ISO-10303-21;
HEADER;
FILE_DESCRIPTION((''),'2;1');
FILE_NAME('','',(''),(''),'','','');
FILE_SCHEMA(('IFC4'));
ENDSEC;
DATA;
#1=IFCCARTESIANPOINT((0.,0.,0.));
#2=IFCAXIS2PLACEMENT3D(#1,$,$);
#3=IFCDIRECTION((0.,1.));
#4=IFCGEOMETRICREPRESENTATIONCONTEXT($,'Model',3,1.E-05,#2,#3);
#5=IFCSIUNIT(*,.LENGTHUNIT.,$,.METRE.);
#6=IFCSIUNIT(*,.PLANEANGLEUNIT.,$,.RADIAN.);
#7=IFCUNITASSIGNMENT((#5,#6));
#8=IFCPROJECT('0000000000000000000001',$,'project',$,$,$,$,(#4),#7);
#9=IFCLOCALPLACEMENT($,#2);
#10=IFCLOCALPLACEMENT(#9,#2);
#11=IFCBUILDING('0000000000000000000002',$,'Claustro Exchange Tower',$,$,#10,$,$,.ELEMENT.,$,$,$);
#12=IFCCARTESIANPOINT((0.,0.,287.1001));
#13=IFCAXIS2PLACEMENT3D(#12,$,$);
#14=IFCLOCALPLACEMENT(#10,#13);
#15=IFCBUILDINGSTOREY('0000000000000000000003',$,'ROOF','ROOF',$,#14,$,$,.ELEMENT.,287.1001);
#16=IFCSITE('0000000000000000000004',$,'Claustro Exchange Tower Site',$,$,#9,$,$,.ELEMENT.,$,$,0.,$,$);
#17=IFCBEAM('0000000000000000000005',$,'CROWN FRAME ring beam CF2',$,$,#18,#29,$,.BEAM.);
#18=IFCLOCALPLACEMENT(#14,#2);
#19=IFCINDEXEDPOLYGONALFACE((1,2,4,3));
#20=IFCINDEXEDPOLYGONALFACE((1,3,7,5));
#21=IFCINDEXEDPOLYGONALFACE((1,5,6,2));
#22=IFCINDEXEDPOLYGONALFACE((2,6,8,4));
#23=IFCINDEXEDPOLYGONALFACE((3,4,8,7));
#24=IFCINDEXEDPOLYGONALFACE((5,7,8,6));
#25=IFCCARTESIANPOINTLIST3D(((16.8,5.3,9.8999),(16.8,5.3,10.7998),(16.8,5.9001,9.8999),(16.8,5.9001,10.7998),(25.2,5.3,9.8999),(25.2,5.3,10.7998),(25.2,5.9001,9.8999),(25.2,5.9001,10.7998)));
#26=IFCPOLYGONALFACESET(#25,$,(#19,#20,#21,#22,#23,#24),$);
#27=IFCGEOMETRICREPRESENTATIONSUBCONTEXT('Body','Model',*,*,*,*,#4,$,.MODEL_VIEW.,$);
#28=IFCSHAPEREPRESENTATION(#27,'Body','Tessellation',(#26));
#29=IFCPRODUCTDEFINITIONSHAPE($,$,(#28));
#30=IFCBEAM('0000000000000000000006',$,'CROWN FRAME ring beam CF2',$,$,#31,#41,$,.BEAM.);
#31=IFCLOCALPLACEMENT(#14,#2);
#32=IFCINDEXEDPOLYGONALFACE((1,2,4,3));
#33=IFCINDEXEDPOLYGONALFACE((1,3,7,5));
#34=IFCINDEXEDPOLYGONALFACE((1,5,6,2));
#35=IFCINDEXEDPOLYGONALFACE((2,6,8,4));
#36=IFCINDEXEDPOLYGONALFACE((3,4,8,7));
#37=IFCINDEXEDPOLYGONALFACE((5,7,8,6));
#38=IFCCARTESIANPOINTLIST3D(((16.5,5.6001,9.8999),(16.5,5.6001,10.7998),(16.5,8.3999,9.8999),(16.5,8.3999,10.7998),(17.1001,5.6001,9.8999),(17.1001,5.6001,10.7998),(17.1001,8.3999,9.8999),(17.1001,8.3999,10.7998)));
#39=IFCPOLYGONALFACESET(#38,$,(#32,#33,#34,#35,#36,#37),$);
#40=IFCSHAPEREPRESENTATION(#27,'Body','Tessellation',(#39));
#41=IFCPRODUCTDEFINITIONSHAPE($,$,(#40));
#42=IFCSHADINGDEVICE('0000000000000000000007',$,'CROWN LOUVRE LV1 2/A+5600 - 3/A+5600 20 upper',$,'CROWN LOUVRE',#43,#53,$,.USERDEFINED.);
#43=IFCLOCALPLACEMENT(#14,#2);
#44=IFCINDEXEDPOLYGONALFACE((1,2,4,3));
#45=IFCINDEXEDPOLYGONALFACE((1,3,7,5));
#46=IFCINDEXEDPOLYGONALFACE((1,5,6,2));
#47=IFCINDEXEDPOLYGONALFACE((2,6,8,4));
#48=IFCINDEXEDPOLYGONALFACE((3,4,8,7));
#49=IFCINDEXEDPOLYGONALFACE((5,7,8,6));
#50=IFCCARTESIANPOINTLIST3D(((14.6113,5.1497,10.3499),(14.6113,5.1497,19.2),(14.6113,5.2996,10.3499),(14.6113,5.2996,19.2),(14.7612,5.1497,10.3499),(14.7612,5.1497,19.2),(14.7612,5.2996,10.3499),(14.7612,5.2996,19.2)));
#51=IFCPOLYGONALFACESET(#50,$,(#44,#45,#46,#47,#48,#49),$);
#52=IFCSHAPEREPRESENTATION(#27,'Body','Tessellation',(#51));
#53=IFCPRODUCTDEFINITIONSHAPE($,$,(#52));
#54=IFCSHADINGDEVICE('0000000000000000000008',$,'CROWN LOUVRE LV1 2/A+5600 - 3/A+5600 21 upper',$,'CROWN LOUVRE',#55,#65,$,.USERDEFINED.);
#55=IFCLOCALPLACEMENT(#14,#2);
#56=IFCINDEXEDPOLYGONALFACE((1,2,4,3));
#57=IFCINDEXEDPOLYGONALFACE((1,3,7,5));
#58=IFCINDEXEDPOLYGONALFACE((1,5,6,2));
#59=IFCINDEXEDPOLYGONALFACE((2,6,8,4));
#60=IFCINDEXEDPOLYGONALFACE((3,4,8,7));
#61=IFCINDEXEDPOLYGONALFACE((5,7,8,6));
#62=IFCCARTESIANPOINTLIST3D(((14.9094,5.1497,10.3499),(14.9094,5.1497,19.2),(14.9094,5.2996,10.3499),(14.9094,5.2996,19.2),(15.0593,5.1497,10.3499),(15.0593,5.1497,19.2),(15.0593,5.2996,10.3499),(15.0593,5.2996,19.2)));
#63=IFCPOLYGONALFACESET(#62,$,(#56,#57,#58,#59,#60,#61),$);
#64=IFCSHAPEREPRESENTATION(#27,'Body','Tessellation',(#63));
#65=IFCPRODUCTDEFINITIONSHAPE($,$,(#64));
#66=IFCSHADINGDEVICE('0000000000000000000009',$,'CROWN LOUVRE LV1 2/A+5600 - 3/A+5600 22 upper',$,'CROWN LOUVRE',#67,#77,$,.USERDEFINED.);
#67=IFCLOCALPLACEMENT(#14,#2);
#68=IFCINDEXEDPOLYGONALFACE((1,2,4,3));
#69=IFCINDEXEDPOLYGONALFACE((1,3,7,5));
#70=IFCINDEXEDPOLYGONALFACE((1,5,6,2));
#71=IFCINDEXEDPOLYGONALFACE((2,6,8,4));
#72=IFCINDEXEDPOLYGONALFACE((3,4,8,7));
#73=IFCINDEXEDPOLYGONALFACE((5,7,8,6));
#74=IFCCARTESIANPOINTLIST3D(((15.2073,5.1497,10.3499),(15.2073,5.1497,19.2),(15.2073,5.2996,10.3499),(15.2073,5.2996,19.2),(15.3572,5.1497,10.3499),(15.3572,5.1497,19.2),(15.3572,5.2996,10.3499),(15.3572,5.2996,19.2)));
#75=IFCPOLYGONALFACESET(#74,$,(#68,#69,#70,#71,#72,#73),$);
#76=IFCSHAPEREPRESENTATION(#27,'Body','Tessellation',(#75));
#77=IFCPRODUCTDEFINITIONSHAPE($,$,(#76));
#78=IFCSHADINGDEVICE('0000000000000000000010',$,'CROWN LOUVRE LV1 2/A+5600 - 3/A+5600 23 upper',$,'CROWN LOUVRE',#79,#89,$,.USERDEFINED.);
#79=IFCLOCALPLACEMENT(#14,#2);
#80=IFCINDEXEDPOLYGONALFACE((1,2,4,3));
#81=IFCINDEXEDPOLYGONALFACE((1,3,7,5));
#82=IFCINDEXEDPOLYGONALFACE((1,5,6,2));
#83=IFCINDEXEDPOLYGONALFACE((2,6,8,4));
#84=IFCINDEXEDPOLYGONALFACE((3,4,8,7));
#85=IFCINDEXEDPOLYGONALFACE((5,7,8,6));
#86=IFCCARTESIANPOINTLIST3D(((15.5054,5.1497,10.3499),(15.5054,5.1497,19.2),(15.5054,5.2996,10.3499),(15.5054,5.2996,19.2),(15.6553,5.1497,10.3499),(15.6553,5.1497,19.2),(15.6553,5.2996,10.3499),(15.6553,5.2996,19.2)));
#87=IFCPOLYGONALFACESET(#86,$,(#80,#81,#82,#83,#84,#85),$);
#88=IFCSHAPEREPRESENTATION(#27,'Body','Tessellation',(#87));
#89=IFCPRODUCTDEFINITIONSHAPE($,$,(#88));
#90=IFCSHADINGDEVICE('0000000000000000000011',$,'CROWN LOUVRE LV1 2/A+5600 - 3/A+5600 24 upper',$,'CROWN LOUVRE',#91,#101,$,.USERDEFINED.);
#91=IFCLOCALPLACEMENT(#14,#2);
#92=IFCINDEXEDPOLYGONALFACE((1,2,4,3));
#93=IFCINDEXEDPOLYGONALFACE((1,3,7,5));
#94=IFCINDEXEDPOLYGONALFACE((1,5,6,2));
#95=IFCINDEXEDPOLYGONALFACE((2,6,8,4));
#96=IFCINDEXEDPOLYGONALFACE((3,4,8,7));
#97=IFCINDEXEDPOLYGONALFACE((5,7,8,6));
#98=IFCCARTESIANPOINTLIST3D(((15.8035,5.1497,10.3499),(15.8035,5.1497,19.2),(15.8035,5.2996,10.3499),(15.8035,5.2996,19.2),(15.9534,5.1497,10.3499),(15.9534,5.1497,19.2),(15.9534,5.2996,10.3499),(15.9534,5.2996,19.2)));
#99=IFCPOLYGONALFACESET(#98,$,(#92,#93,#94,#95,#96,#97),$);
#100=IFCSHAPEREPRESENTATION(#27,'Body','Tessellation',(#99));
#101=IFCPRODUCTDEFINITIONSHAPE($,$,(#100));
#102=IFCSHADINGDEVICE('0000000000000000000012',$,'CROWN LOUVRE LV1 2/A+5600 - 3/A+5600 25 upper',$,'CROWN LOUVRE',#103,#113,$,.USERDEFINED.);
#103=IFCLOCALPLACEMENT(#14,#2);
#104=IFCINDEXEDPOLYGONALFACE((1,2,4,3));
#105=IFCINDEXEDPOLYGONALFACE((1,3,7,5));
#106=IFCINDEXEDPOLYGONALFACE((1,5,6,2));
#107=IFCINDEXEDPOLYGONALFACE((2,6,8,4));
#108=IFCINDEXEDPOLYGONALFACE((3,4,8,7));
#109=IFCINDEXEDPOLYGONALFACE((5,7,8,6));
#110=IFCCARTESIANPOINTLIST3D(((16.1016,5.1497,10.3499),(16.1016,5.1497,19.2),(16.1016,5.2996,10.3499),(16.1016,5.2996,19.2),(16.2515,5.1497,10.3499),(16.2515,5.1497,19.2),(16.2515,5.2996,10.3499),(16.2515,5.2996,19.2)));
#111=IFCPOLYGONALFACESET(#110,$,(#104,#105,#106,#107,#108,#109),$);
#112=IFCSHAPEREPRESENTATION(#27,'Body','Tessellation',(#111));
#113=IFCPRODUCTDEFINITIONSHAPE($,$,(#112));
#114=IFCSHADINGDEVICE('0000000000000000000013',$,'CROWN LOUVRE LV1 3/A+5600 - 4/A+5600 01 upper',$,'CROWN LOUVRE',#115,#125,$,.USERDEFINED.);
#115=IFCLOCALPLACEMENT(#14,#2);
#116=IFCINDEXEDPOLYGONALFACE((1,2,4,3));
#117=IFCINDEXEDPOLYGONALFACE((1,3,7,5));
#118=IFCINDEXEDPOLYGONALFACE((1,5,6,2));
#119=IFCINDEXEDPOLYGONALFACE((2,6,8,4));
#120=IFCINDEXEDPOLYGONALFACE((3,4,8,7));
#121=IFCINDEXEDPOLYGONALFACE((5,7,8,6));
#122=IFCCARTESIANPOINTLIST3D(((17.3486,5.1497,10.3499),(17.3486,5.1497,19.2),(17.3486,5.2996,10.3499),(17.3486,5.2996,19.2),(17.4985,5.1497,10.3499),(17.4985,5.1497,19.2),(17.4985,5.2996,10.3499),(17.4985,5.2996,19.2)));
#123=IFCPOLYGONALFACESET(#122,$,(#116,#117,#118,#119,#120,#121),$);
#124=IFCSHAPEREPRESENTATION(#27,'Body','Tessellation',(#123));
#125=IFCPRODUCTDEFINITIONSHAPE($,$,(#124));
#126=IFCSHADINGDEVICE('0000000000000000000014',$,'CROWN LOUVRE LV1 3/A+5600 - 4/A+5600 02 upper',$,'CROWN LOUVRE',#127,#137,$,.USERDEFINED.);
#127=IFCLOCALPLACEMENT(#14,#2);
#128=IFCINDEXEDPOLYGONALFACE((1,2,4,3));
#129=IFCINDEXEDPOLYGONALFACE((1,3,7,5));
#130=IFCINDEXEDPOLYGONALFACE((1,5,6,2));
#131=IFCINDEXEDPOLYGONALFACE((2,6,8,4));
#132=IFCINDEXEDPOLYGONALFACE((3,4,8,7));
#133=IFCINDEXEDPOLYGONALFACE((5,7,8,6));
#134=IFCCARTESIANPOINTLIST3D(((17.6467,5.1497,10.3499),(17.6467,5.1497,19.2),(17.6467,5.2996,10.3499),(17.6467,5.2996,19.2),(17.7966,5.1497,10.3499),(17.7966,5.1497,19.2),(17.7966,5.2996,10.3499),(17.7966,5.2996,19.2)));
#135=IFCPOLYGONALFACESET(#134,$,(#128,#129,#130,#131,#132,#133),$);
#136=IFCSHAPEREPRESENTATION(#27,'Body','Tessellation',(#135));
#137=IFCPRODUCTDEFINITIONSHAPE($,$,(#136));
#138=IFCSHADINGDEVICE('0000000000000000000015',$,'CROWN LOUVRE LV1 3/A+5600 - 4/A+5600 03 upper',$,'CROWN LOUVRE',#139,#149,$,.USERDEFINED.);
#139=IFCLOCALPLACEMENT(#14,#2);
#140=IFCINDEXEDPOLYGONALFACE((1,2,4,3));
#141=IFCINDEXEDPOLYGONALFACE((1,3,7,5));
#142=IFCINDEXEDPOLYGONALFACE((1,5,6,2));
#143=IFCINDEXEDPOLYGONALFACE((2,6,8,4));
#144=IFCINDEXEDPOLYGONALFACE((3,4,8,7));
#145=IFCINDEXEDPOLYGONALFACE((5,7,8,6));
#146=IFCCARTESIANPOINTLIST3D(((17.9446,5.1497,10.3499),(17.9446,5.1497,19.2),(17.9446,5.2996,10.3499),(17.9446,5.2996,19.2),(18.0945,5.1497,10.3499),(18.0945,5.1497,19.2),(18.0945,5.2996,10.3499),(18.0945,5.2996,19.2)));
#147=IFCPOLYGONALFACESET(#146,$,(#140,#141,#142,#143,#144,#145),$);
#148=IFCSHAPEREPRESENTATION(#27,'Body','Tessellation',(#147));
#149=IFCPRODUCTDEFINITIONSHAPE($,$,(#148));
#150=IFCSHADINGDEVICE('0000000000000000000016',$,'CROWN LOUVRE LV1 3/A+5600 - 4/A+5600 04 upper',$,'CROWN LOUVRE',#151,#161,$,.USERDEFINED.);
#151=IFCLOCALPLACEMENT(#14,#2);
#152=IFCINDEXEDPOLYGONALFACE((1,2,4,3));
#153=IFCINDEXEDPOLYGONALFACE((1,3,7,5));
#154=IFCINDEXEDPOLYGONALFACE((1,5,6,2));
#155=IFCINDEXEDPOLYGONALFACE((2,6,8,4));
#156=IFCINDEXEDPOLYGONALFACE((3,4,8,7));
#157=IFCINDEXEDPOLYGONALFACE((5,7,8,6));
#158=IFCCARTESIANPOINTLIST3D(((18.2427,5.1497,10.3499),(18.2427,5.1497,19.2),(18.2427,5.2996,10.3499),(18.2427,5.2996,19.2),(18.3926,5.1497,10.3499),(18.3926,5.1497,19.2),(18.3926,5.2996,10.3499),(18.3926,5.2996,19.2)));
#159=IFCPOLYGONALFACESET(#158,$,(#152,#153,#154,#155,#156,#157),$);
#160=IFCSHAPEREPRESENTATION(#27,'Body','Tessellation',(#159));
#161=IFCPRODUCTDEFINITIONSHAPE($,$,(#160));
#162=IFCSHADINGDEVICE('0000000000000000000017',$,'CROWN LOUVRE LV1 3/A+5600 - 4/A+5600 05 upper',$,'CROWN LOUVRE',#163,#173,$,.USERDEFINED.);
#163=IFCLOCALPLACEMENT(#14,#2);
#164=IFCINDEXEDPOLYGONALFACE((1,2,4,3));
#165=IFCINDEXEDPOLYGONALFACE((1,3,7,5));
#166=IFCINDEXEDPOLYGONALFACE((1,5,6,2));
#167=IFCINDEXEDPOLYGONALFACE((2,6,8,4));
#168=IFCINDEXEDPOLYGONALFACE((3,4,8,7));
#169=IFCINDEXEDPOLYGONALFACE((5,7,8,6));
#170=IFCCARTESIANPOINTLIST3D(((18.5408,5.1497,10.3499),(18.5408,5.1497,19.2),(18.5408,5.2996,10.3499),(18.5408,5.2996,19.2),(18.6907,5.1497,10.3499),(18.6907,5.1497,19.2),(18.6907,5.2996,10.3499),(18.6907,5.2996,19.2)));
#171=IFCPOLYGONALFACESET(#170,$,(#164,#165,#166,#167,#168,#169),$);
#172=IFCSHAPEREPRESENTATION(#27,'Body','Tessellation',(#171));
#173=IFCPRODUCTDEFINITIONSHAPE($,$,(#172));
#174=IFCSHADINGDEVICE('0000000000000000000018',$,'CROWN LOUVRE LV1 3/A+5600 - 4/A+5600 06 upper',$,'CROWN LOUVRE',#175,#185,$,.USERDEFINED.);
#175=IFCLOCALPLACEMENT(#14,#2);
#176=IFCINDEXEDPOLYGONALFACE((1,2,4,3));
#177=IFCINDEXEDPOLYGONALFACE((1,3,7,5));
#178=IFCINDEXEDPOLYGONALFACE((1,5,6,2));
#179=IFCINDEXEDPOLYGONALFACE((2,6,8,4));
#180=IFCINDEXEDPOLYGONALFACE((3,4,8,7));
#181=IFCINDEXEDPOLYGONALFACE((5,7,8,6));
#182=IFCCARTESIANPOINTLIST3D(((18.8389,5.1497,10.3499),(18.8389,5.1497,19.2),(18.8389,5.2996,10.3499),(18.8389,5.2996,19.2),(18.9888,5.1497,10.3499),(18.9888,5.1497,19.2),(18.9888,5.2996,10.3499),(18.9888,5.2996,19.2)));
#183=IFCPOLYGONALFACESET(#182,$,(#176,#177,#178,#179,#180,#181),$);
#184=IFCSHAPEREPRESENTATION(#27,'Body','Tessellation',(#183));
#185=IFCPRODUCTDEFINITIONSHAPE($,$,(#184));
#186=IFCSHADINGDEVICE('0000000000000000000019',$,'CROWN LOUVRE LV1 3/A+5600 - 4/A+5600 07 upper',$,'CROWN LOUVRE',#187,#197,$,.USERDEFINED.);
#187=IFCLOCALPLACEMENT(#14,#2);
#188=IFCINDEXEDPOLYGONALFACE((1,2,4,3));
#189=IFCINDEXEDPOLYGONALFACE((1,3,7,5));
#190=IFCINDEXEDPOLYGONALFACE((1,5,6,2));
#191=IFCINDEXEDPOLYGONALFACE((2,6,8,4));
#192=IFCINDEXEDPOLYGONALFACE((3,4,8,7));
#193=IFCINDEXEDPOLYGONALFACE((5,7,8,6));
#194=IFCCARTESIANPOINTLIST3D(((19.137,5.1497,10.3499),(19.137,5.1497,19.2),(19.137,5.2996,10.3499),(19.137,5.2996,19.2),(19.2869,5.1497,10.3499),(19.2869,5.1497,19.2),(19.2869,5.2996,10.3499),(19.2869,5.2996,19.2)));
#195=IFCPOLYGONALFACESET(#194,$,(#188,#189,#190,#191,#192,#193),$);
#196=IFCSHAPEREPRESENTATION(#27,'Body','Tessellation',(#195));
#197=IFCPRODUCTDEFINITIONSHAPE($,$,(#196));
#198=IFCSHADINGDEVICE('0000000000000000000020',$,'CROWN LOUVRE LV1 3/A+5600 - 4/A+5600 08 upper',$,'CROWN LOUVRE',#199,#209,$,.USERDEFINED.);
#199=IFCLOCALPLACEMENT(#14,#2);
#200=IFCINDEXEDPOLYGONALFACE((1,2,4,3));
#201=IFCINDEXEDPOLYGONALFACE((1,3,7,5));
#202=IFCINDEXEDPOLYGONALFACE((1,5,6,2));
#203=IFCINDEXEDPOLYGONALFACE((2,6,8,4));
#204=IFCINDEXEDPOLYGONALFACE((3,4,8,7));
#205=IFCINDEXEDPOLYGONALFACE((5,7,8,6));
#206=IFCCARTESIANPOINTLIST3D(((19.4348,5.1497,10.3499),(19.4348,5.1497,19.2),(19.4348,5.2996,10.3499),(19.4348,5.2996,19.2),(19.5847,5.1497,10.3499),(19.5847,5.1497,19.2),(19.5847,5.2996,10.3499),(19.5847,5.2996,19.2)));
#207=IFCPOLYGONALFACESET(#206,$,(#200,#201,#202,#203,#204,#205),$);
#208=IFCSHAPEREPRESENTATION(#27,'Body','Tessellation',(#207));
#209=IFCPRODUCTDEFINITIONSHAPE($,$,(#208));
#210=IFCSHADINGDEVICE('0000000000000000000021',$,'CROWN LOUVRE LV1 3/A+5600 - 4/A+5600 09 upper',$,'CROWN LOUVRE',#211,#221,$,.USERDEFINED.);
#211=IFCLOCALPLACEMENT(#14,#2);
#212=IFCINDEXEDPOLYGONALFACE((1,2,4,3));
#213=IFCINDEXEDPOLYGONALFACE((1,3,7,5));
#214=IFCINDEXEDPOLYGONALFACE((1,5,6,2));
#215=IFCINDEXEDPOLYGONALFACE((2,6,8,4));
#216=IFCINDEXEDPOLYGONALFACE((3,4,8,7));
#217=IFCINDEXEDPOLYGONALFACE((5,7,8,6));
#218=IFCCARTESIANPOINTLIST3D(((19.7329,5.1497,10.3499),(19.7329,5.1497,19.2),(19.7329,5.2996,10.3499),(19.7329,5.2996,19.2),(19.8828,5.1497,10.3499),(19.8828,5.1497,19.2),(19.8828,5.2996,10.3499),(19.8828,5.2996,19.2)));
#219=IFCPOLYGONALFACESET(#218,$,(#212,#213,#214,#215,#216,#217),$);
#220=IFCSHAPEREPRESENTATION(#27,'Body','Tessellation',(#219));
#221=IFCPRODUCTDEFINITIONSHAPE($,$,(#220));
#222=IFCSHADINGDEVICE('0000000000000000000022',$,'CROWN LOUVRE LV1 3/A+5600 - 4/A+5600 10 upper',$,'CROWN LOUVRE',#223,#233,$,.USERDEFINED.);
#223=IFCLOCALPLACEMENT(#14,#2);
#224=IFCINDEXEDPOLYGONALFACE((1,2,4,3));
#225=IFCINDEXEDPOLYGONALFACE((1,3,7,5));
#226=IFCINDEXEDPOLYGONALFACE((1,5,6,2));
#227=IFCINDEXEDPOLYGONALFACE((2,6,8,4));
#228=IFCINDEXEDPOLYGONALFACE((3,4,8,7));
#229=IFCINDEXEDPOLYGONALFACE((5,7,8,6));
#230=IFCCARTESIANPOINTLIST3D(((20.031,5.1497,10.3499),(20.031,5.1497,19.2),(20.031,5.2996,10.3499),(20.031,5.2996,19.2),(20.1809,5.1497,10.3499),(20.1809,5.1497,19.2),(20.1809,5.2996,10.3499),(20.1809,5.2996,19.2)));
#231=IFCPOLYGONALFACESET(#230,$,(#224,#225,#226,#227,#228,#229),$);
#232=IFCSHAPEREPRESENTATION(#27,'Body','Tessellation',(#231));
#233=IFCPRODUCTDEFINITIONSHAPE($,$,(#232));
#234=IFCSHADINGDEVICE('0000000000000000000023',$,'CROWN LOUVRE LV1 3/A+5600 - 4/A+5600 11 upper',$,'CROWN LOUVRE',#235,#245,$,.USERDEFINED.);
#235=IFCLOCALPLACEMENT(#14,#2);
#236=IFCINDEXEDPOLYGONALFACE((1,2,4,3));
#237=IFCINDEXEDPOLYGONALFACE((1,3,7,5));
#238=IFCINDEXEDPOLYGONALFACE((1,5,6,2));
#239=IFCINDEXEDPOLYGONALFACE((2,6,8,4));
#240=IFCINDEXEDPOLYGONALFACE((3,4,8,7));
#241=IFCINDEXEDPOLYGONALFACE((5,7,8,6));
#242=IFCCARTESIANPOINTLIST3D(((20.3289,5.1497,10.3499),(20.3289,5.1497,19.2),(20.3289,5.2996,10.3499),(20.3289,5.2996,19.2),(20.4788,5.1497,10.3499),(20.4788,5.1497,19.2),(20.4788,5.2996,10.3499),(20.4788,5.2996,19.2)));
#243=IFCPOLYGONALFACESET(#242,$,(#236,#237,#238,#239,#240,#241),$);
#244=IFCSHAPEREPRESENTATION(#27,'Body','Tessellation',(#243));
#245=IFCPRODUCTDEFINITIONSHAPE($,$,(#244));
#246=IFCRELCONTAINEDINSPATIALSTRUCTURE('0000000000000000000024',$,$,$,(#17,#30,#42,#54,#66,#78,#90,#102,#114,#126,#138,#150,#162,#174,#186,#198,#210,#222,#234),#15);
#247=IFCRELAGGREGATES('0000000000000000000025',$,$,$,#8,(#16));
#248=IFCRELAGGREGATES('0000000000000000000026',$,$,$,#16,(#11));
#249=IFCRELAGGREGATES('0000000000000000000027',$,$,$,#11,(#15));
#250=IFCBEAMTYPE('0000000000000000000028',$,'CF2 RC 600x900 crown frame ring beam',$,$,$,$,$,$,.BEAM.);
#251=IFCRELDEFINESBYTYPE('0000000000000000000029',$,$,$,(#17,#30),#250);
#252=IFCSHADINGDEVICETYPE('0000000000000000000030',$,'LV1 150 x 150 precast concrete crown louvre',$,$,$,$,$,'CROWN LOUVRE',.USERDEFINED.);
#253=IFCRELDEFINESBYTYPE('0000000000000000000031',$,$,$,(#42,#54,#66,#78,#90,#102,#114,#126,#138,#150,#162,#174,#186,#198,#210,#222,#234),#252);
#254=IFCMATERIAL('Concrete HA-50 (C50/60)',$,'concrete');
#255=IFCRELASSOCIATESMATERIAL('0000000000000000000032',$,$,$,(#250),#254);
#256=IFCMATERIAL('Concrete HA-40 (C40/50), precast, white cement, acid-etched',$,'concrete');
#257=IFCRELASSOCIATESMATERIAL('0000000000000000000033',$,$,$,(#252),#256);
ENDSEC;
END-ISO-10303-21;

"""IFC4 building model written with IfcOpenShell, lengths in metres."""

from ifc_helpers import new_model, si_unit, direction, frame, origin, origin_2d, place, context, subcontext, project, spatial, rectangle, extrude, material, material_profile, profile_set, type_object, element, save


model = new_model("IFC4")

# Units and contexts
model_context = context("Model", 3, precision=1e-05, world=origin(), true_north=direction((0.0, 1.0)))
body_context = subcontext(model_context, "Body", "Model", "MODEL_VIEW")
ifc_project = project(units=[si_unit("LENGTHUNIT", "METRE"), si_unit("PLANEANGLEUNIT", "RADIAN")], contexts=[model_context])

# Site, building, storey
site_placement = place(None, origin())
site = spatial("IfcSite", under=ifc_project, at=site_placement, Name="Claustro Exchange Tower Site", CompositionType="ELEMENT", RefElevation=0.0)
building_placement = place(site_placement, origin())
building = spatial("IfcBuilding", under=site, at=building_placement, Name="Claustro Exchange Tower", CompositionType="ELEMENT")
storey_placement = place(building_placement, frame((0.0, 0.0, 287.1001)))
storey = spatial("IfcBuildingStorey", under=building, at=storey_placement, Name="ROOF", Description="ROOF", CompositionType="ELEMENT", Elevation=287.1001)

# Beams
ifc_material_1 = material(Name="Concrete HA-50 (C50/60)", Category="concrete")
ifc_material_profile = material_profile(ifc_material_1, rectangle(XDim=0.6001, YDim=0.8999, at=origin_2d()), Name="RC 600x900")
ifc_profile_set = profile_set([ifc_material_profile], Name="Concrete HA-50 (C50/60)")
beam_type = type_object("IfcBeamType", Name="CF2 RC 600x900 crown frame ring beam", PredefinedType="BEAM", material=ifc_profile_set)
beam_1_placement = place(storey_placement, frame((16.8, 5.6001, 10.3499), z_axis=(1.0, 0.0, 0.0), x_axis=(0.0, 1.0, 0.0)))
element("IfcBeam", 1, at=beam_1_placement, inside=storey, type_object=beam_type, Name="CROWN FRAME ring beam CF2", PredefinedType="BEAM", context=body_context, shape_type="SweptSolid", body=[
    extrude(rectangle(XDim=0.6001, YDim=0.8999, at=origin_2d()), origin(), (0.0, 0.0, 1.0), 8.3999),
])
beam_2_placement = place(storey_placement, frame((16.8, 5.6001, 10.3499), z_axis=(0.0, 1.0, 0.0), x_axis=(-1.0, 0.0, 0.0)))
element("IfcBeam", 2, at=beam_2_placement, inside=storey, type_object=beam_type, Name="CROWN FRAME ring beam CF2", PredefinedType="BEAM", context=body_context, shape_type="SweptSolid", body=[
    extrude(rectangle(XDim=0.6001, YDim=0.8999, at=origin_2d()), origin(), (0.0, 0.0, 1.0), 2.7998),
])

# Shading devices
ifc_material_2 = material(Name="Concrete HA-40 (C40/50), precast, white cement, acid-etched", Category="concrete")
shading_device_type = type_object("IfcShadingDeviceType", Name="LV1 150 x 150 precast concrete crown louvre", ElementType="CROWN LOUVRE", PredefinedType="USERDEFINED", material=ifc_material_2)
for number, where, z_axis, x_axis, name in (
    (3, (14.6863, 5.2246, 10.3499), (0.0, 0.0, 1.0), (1.0, 0.0, 0.0), "CROWN LOUVRE LV1 2/A+5600 - 3/A+5600 20 upper"),
    (4, (14.9844, 5.2246, 10.3499), (0.0, 0.0, 1.0), (1.0, 0.0, 0.0), "CROWN LOUVRE LV1 2/A+5600 - 3/A+5600 21 upper"),
    (5, (15.2822, 5.2246, 10.3499), (0.0, 0.0, 1.0), (1.0, 0.0, 0.0), "CROWN LOUVRE LV1 2/A+5600 - 3/A+5600 22 upper"),
    (6, (15.5803, 5.2246, 10.3499), (0.0, 0.0, 1.0), (1.0, 0.0, 0.0), "CROWN LOUVRE LV1 2/A+5600 - 3/A+5600 23 upper"),
    (7, (15.8784, 5.2246, 10.3499), (0.0, 0.0, 1.0), (1.0, 0.0, 0.0), "CROWN LOUVRE LV1 2/A+5600 - 3/A+5600 24 upper"),
    (8, (16.1765, 5.2246, 10.3499), (0.0, 0.0, 1.0), (1.0, 0.0, 0.0), "CROWN LOUVRE LV1 2/A+5600 - 3/A+5600 25 upper"),
    (9, (17.4236, 5.2246, 10.3499), (0.0, 0.0, 1.0), (1.0, 0.0, 0.0), "CROWN LOUVRE LV1 3/A+5600 - 4/A+5600 01 upper"),
    (10, (17.7217, 5.2246, 10.3499), (0.0, 0.0, 1.0), (1.0, 0.0, 0.0), "CROWN LOUVRE LV1 3/A+5600 - 4/A+5600 02 upper"),
    (11, (18.0195, 5.2246, 10.3499), (0.0, 0.0, 1.0), (1.0, 0.0, 0.0), "CROWN LOUVRE LV1 3/A+5600 - 4/A+5600 03 upper"),
    (12, (18.3176, 5.2246, 10.3499), (0.0, 0.0, 1.0), (1.0, 0.0, 0.0), "CROWN LOUVRE LV1 3/A+5600 - 4/A+5600 04 upper"),
    (13, (18.6157, 5.2246, 10.3499), (0.0, 0.0, 1.0), (1.0, 0.0, 0.0), "CROWN LOUVRE LV1 3/A+5600 - 4/A+5600 05 upper"),
    (14, (18.9138, 5.2246, 10.3499), (0.0, 0.0, 1.0), (1.0, 0.0, 0.0), "CROWN LOUVRE LV1 3/A+5600 - 4/A+5600 06 upper"),
    (15, (19.2119, 5.2246, 10.3499), (0.0, 0.0, 1.0), (1.0, 0.0, 0.0), "CROWN LOUVRE LV1 3/A+5600 - 4/A+5600 07 upper"),
    (16, (19.5098, 5.2246, 10.3499), (0.0, 0.0, 1.0), (1.0, 0.0, 0.0), "CROWN LOUVRE LV1 3/A+5600 - 4/A+5600 08 upper"),
    (17, (19.8079, 5.2246, 10.3499), (0.0, 0.0, 1.0), (1.0, 0.0, 0.0), "CROWN LOUVRE LV1 3/A+5600 - 4/A+5600 09 upper"),
    (18, (20.106, 5.2246, 10.3499), (0.0, 0.0, 1.0), (1.0, 0.0, 0.0), "CROWN LOUVRE LV1 3/A+5600 - 4/A+5600 10 upper"),
    (19, (20.4038, 5.2246, 10.3499), (0.0, 0.0, 1.0), (1.0, 0.0, 0.0), "CROWN LOUVRE LV1 3/A+5600 - 4/A+5600 11 upper"),
):
    element("IfcShadingDevice", number, at=place(storey_placement, frame(where, z_axis=z_axis, x_axis=x_axis)), inside=storey, type_object=shading_device_type, Name=name, ObjectType="CROWN LOUVRE", PredefinedType="USERDEFINED", context=body_context, shape_type="SweptSolid", body=[
        extrude(rectangle(XDim=0.1499, YDim=0.1499, at=origin_2d()), origin(), (0.0, 0.0, 1.0), 8.8501),
    ])

save(model, "model.ifc")
